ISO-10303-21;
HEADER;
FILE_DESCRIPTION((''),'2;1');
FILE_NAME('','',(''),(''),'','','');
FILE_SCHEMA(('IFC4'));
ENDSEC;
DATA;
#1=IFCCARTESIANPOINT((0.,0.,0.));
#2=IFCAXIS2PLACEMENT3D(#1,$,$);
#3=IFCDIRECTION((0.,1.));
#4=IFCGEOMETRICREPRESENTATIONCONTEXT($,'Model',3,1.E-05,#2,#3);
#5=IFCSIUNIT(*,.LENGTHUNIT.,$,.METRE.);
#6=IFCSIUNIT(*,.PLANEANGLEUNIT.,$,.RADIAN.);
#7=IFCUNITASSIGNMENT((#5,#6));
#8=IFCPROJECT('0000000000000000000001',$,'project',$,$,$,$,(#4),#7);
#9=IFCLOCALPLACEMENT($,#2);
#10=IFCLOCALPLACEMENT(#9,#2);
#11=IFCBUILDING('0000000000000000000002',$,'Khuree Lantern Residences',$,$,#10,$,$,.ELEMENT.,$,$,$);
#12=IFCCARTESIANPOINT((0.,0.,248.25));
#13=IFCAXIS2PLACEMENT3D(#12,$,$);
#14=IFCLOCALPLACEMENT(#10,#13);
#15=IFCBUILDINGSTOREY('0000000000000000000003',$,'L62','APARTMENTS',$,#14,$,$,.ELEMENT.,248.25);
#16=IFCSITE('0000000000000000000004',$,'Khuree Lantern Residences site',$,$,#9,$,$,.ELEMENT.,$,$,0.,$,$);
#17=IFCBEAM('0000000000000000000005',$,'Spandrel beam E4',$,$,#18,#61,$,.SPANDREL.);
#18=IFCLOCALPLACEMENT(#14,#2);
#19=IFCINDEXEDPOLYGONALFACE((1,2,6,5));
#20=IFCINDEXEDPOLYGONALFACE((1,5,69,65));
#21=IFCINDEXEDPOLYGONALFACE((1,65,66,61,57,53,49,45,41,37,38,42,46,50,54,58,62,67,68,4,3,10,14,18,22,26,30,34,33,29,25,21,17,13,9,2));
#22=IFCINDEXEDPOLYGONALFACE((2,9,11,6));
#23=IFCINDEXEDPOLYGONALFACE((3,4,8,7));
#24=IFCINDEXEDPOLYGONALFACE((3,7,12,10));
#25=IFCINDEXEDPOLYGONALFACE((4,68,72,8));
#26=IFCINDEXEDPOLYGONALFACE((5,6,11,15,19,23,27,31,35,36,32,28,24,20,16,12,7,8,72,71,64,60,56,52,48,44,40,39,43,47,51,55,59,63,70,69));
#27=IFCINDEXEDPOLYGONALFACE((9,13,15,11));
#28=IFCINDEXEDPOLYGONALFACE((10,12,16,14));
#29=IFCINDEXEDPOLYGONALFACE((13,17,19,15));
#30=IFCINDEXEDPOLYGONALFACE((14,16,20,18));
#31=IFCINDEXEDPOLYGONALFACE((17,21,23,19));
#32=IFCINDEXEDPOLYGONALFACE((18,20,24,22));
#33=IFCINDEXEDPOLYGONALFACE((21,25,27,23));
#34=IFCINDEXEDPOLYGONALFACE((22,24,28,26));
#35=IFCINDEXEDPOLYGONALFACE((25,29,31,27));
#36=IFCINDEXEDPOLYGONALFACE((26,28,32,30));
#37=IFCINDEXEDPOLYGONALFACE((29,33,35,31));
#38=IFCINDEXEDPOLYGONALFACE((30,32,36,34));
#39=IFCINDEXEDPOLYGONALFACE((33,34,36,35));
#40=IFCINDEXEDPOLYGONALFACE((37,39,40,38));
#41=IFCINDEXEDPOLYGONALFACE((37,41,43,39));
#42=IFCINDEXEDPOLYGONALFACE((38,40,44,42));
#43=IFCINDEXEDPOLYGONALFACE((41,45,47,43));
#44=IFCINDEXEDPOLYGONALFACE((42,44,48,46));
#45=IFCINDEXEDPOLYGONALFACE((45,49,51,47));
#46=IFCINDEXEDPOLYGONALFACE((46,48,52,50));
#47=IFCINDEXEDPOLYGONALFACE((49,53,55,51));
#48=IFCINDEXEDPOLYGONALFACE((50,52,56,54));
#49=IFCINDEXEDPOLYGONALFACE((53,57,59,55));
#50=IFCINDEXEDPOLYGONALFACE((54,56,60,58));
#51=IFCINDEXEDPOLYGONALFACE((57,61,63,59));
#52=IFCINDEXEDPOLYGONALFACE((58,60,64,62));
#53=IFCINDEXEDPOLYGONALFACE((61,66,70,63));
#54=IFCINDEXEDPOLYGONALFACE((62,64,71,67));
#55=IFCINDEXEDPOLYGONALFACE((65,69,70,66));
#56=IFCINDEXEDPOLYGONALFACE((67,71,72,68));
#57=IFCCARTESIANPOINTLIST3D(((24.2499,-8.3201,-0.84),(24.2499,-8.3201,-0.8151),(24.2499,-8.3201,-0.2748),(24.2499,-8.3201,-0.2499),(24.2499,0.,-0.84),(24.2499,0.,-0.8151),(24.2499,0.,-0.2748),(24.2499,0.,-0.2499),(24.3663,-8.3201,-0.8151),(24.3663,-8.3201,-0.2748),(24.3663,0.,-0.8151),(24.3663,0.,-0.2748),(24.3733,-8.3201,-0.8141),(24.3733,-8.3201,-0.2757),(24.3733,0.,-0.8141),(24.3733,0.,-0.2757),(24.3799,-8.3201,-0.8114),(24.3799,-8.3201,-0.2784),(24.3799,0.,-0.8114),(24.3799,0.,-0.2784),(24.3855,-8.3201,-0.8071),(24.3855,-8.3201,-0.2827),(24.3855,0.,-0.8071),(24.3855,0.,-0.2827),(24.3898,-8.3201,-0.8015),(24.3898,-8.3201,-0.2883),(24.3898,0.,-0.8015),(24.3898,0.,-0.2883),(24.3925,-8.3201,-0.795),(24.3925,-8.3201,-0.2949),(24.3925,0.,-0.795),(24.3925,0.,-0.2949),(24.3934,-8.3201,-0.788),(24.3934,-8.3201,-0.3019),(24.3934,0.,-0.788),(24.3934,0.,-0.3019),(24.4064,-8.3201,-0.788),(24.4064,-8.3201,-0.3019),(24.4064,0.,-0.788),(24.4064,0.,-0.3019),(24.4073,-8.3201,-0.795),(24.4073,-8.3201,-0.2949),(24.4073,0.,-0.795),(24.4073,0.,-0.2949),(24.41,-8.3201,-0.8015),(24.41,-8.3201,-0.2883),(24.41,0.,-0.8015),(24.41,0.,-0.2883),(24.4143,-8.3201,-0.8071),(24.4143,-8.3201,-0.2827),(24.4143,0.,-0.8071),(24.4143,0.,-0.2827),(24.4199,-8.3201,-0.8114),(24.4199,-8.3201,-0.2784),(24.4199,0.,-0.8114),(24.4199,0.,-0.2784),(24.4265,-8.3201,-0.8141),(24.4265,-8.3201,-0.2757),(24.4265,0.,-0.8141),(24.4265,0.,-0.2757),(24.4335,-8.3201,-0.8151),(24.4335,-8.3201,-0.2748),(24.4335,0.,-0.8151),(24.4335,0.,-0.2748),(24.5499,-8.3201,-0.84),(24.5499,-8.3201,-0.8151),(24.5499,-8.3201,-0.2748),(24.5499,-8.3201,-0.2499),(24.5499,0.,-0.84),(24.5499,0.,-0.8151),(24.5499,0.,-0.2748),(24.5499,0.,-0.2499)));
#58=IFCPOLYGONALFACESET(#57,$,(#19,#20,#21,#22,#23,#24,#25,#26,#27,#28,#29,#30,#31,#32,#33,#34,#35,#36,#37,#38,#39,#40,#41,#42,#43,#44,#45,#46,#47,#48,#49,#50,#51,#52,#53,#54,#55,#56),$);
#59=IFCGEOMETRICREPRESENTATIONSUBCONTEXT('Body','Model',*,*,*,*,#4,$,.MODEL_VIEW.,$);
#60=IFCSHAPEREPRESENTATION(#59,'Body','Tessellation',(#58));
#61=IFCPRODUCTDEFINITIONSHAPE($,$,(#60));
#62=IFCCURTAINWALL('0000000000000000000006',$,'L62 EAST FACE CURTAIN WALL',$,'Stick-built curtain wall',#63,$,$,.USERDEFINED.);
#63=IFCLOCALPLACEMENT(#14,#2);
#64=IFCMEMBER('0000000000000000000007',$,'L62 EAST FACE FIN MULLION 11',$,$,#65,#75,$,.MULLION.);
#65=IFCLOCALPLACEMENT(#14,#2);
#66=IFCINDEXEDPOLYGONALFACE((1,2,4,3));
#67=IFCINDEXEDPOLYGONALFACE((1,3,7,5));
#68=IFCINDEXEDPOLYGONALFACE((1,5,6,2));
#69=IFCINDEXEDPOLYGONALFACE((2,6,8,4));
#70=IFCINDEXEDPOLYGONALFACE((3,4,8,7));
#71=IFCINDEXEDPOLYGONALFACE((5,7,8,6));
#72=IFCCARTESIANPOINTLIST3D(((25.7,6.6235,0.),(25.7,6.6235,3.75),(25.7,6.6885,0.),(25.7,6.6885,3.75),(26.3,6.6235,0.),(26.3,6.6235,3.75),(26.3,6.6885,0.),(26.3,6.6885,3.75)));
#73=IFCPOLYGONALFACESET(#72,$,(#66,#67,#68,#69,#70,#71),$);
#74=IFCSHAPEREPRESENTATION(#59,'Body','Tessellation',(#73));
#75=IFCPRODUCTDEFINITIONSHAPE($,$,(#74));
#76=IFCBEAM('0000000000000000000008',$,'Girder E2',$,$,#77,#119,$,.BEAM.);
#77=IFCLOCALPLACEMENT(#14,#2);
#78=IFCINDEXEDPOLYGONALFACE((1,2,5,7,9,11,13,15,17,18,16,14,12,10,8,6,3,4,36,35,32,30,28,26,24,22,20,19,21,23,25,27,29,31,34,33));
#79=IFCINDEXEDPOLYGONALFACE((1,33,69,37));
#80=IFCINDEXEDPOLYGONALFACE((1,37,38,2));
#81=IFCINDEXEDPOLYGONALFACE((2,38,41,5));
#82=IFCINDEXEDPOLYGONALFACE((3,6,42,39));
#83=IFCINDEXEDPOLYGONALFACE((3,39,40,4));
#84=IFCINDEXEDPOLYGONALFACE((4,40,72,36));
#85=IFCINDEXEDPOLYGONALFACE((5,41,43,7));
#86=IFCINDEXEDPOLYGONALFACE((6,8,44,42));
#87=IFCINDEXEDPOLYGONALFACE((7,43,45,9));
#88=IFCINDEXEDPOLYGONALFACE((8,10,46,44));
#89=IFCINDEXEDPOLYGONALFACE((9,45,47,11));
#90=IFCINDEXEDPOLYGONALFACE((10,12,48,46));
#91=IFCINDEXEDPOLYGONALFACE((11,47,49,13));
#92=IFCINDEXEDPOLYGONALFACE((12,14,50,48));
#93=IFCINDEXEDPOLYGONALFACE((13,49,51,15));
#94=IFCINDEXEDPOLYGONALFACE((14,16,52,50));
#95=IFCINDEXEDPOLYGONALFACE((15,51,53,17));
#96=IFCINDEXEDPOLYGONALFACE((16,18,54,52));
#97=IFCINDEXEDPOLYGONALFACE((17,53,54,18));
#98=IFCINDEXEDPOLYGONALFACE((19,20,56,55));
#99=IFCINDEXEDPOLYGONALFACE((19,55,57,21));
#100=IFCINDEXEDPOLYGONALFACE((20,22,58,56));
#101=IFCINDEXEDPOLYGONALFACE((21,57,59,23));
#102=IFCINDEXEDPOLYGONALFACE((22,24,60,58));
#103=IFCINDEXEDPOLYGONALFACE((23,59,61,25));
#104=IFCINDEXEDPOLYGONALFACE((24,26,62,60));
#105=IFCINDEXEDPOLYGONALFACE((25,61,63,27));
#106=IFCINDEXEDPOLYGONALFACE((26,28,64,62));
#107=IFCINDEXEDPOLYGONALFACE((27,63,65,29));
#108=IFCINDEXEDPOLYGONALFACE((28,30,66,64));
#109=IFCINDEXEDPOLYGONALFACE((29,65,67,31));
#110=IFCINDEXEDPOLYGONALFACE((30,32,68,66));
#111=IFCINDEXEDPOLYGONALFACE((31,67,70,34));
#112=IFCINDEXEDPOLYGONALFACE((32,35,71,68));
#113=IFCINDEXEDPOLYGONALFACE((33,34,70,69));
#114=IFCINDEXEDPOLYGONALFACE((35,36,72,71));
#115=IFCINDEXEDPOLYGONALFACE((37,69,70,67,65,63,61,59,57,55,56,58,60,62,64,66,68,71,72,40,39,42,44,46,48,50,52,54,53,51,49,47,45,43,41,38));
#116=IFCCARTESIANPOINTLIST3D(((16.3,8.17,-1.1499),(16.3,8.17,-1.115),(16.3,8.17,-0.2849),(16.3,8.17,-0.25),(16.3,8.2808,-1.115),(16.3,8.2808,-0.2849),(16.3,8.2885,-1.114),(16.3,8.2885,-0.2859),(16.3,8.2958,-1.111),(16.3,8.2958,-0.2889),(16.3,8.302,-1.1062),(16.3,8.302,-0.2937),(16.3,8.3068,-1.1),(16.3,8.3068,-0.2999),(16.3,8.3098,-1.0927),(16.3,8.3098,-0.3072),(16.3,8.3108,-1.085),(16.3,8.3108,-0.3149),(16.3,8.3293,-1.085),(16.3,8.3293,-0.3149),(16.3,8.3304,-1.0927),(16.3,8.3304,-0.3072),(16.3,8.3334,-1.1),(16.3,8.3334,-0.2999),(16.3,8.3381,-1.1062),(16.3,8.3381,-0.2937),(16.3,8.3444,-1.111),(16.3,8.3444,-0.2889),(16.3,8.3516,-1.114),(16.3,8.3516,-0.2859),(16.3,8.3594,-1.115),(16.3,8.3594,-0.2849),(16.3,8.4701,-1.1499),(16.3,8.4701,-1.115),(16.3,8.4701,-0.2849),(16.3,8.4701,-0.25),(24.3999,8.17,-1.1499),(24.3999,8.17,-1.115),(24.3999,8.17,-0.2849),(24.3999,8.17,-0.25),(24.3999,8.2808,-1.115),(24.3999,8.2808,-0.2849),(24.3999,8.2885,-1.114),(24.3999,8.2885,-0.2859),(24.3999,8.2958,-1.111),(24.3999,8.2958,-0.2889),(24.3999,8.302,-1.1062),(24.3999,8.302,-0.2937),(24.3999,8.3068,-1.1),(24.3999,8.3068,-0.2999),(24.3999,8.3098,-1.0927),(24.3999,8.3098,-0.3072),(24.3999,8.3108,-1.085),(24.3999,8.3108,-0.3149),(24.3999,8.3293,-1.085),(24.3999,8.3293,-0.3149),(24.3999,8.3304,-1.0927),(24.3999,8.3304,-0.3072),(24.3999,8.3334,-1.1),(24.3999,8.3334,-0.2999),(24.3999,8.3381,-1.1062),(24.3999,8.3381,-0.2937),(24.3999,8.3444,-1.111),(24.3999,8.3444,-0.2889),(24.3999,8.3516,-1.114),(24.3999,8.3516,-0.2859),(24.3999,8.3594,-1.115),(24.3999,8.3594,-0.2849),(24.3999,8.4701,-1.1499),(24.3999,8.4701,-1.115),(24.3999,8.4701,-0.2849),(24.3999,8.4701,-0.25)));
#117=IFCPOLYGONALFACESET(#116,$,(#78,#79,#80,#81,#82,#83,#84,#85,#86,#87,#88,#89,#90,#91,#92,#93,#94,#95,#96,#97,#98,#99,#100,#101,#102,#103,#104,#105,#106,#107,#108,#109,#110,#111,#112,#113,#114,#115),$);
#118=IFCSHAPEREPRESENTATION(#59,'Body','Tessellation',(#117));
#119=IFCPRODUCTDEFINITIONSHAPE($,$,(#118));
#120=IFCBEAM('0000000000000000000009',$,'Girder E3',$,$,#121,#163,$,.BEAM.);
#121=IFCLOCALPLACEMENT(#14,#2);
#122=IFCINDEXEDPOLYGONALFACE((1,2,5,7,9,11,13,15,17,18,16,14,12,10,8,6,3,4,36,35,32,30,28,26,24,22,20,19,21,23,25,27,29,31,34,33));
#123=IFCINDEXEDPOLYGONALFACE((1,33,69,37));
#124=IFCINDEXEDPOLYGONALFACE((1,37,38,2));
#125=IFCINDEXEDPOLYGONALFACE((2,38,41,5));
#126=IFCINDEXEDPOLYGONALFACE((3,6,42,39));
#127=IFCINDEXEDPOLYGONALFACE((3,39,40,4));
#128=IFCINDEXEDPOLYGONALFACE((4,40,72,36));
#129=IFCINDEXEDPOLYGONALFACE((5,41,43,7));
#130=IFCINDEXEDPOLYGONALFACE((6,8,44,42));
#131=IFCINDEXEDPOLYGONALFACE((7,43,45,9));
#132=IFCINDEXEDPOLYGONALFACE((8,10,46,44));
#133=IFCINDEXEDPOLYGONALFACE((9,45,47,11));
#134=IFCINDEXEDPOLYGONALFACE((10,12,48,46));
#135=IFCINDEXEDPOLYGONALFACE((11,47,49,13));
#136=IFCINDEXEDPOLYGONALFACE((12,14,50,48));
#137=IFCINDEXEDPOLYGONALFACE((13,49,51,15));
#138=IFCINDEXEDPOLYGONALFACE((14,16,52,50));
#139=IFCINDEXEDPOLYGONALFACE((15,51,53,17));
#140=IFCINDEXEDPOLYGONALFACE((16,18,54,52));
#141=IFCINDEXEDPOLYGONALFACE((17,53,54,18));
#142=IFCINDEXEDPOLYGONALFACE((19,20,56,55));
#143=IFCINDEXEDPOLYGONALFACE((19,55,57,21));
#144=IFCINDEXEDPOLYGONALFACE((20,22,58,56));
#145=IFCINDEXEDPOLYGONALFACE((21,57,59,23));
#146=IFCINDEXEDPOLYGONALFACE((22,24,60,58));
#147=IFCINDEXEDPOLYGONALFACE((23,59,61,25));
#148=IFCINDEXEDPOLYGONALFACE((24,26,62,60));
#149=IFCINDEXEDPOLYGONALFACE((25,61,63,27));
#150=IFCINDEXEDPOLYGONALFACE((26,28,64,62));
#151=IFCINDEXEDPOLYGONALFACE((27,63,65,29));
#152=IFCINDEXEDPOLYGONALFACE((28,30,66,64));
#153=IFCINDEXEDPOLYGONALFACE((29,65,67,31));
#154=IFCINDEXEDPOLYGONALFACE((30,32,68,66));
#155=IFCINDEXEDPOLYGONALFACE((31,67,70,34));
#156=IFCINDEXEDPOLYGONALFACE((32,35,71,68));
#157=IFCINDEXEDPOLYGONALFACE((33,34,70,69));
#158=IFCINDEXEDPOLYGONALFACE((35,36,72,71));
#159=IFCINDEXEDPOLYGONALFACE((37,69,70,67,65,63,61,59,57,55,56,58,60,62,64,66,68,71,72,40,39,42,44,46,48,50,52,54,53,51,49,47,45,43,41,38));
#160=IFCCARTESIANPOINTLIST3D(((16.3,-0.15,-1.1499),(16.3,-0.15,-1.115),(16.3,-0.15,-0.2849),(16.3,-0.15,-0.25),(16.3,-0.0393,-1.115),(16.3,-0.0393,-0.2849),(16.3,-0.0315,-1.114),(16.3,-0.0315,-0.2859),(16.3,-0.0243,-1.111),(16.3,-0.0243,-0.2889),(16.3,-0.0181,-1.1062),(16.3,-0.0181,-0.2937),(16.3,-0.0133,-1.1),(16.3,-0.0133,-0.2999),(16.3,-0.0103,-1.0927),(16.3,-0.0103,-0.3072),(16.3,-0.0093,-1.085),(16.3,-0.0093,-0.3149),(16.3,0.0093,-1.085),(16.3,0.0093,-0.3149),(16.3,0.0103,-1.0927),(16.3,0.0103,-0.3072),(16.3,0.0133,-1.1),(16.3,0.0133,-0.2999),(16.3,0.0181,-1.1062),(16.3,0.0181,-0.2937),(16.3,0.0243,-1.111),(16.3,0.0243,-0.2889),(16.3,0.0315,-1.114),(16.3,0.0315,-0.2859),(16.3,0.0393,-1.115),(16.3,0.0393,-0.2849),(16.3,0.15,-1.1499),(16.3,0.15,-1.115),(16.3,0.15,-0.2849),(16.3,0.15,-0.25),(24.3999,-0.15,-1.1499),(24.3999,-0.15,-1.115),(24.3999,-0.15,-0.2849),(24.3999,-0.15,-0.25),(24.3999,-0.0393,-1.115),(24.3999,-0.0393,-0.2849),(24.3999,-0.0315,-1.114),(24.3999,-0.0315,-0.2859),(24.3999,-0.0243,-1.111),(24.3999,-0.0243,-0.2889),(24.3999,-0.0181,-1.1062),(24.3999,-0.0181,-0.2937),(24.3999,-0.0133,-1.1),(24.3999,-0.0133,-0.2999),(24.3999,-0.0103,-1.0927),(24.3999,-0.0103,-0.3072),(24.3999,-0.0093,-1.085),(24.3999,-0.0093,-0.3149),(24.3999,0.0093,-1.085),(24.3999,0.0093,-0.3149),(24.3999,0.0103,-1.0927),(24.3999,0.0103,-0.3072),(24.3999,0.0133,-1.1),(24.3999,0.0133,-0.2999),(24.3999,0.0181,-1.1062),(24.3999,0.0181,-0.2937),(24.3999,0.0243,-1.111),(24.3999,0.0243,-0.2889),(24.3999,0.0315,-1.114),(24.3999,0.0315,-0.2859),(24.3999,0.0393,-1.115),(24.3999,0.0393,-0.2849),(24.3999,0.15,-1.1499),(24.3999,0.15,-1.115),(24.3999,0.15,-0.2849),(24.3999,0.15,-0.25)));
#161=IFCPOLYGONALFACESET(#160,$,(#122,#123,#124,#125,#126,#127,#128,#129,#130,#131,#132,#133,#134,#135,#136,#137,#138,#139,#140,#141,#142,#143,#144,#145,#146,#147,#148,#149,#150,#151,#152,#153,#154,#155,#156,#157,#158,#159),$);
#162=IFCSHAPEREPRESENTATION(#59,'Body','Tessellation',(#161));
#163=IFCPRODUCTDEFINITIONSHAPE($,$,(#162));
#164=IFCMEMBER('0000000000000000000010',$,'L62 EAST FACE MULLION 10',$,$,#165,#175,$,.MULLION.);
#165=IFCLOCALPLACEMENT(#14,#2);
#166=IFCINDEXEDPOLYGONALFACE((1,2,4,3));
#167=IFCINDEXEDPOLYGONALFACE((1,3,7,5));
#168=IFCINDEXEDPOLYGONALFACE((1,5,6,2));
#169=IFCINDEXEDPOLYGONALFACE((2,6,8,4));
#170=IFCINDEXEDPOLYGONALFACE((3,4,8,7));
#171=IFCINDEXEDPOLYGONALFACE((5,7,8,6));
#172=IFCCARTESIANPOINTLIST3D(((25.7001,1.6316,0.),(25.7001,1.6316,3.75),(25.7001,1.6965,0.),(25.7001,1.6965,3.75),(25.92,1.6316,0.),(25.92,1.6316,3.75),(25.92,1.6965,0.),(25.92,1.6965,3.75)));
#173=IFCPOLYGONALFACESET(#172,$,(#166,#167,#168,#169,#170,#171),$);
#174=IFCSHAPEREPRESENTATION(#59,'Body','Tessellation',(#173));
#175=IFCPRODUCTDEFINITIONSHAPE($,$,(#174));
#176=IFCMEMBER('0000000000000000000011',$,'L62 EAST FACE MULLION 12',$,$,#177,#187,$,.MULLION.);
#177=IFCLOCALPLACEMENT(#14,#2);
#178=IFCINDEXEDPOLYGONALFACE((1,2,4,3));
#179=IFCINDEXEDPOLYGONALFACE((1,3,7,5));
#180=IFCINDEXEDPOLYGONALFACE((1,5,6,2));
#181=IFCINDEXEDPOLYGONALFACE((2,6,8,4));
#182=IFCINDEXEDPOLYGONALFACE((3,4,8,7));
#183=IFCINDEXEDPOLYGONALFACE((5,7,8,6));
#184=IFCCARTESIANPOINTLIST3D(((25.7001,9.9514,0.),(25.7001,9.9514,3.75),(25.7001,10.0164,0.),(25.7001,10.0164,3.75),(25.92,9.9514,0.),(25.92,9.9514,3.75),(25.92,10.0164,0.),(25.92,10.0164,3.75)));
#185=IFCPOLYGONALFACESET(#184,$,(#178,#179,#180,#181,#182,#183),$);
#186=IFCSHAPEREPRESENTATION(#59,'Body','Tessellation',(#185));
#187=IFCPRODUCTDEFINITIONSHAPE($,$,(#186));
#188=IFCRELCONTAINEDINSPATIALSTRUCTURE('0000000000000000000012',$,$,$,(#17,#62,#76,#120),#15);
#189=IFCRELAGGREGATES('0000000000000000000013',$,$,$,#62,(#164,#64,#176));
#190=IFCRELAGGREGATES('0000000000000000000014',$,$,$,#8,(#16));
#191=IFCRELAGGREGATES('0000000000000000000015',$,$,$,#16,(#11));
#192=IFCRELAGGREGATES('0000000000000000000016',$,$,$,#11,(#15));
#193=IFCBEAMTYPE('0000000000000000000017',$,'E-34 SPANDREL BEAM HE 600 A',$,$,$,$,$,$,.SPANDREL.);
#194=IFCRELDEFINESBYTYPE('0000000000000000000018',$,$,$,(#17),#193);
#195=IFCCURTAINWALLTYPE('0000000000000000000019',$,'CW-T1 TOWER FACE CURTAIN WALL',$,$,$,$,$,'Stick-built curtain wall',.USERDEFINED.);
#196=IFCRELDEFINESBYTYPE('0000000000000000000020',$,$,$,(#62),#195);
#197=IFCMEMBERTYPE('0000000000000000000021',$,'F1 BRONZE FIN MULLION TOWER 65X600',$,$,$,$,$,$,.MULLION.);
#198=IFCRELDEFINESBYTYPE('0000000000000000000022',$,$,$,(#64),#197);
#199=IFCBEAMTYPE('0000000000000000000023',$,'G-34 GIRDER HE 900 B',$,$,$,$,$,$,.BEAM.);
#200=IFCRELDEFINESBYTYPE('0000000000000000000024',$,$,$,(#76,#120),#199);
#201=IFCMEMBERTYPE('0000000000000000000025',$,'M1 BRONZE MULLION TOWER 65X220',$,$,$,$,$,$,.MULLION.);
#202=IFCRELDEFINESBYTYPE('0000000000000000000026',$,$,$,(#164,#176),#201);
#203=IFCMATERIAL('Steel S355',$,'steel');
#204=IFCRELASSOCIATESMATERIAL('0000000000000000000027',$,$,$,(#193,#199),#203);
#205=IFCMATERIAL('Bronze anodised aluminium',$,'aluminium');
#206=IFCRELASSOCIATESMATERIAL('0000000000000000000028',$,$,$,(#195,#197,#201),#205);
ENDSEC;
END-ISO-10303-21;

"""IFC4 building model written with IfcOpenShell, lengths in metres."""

from ifc_helpers import new_model, si_unit, direction, frame, origin, origin_2d, place, context, subcontext, project, spatial, rectangle, i_section, extrude, material, material_profile, profile_set, type_object, element, aggregate, save


model = new_model("IFC4")

# Units and contexts
model_context = context("Model", 3, precision=1e-05, world=origin(), true_north=direction((0.0, 1.0)))
body_context = subcontext(model_context, "Body", "Model", "MODEL_VIEW")
ifc_project = project(units=[si_unit("LENGTHUNIT", "METRE"), si_unit("PLANEANGLEUNIT", "RADIAN")], contexts=[model_context])

# Site, building, storey
site_placement = place(None, origin())
site = spatial("IfcSite", under=ifc_project, at=site_placement, Name="Khuree Lantern Residences site", CompositionType="ELEMENT", RefElevation=0.0)
building_placement = place(site_placement, origin())
building = spatial("IfcBuilding", under=site, at=building_placement, Name="Khuree Lantern Residences", CompositionType="ELEMENT")
storey_placement = place(building_placement, frame((0.0, 0.0, 248.25)))
storey = spatial("IfcBuildingStorey", under=building, at=storey_placement, Name="L62", Description="APARTMENTS", CompositionType="ELEMENT", Elevation=248.25)

# Beam
ifc_material_1 = material(Name="Steel S355", Category="steel")
ifc_material_profile_1 = material_profile(ifc_material_1, i_section(OverallWidth=0.3, OverallDepth=0.5901, WebThickness=0.0129, FlangeThickness=0.0249, FilletRadius=0.0271, at=origin_2d()), Name="HE 600 A")
ifc_profile_set_1 = profile_set([ifc_material_profile_1], Name="Steel S355")
beam_type_1 = type_object("IfcBeamType", Name="E-34 SPANDREL BEAM HE 600 A", PredefinedType="SPANDREL", material=ifc_profile_set_1)
for number, where, z_axis, x_axis, name in (
    (1, (24.3999, 0.0, -0.5449), (0.0, -1.0, 0.0), (1.0, 0.0, 0.0), "Spandrel beam E4"),
):
    element("IfcBeam", number, at=place(storey_placement, frame(where, z_axis=z_axis, x_axis=x_axis)), inside=storey, type_object=beam_type_1, Name=name, PredefinedType="SPANDREL", context=body_context, shape_type="SweptSolid", body=[
        extrude(i_section(OverallWidth=0.3, OverallDepth=0.5901, WebThickness=0.0129, FlangeThickness=0.0249, FilletRadius=0.0271, at=origin_2d()), origin(), (0.0, 0.0, 1.0), 8.3201),
    ])

# Curtain wall, member
ifc_material_2 = material(Name="Bronze anodised aluminium", Category="aluminium")
curtain_wall_type = type_object("IfcCurtainWallType", Name="CW-T1 TOWER FACE CURTAIN WALL", ElementType="Stick-built curtain wall", PredefinedType="USERDEFINED", material=ifc_material_2)
curtain_wall_placement = place(storey_placement, origin())
curtain_wall = element("IfcCurtainWall", 2, at=curtain_wall_placement, inside=storey, type_object=curtain_wall_type, Name="L62 EAST FACE CURTAIN WALL", ObjectType="Stick-built curtain wall", PredefinedType="USERDEFINED")
ifc_material_profile_2 = material_profile(ifc_material_2, rectangle(XDim=0.0649, YDim=0.6001, at=origin_2d()), Name="F1 65X600")
ifc_profile_set_2 = profile_set([ifc_material_profile_2], Name="Bronze anodised aluminium")
member_type_1 = type_object("IfcMemberType", Name="F1 BRONZE FIN MULLION TOWER 65X600", PredefinedType="MULLION", material=ifc_profile_set_2)
member_1_placement = place(storey_placement, frame((26.0, 6.656, 0.0), z_axis=(0.0, 0.0, 1.0), x_axis=(0.0, 1.0, 0.0)))
member_1 = element("IfcMember", 3, at=member_1_placement, type_object=member_type_1, Name="L62 EAST FACE FIN MULLION 11", PredefinedType="MULLION", context=body_context, shape_type="SweptSolid", body=[
    extrude(rectangle(XDim=0.0649, YDim=0.6001, at=origin_2d()), origin(), (0.0, 0.0, 1.0), 3.75),
])

# Beams
ifc_material_profile_3 = material_profile(ifc_material_1, i_section(OverallWidth=0.3, OverallDepth=0.8999, WebThickness=0.0186, FlangeThickness=0.0349, FilletRadius=0.03, at=origin_2d()), Name="HE 900 B")
ifc_profile_set_3 = profile_set([ifc_material_profile_3], Name="Steel S355")
beam_type_2 = type_object("IfcBeamType", Name="G-34 GIRDER HE 900 B", PredefinedType="BEAM", material=ifc_profile_set_3)
for number, where, z_axis, x_axis, name in (
    (4, (24.3999, 8.3201, -0.7), (-1.0, 0.0, 0.0), (0.0, -1.0, 0.0), "Girder E2"),
    (5, (24.3999, 0.0, -0.7), (-1.0, 0.0, 0.0), (0.0, -1.0, 0.0), "Girder E3"),
):
    element("IfcBeam", number, at=place(storey_placement, frame(where, z_axis=z_axis, x_axis=x_axis)), inside=storey, type_object=beam_type_2, Name=name, PredefinedType="BEAM", context=body_context, shape_type="SweptSolid", body=[
        extrude(i_section(OverallWidth=0.3, OverallDepth=0.8999, WebThickness=0.0186, FlangeThickness=0.0349, FilletRadius=0.03, at=origin_2d()), origin(), (0.0, 0.0, 1.0), 8.0999),
    ])

# Members
ifc_material_profile_4 = material_profile(ifc_material_2, rectangle(XDim=0.0649, YDim=0.22, at=origin_2d()), Name="M1 65X220")
ifc_profile_set_4 = profile_set([ifc_material_profile_4], Name="Bronze anodised aluminium")
member_type_2 = type_object("IfcMemberType", Name="M1 BRONZE MULLION TOWER 65X220", PredefinedType="MULLION", material=ifc_profile_set_4)
member_2_placement = place(storey_placement, frame((25.8101, 1.6641, 0.0), z_axis=(0.0, 0.0, 1.0), x_axis=(0.0, 1.0, 0.0)))
member_2 = element("IfcMember", 6, at=member_2_placement, type_object=member_type_2, Name="L62 EAST FACE MULLION 10", PredefinedType="MULLION", context=body_context, shape_type="SweptSolid", body=[
    extrude(rectangle(XDim=0.0649, YDim=0.22, at=origin_2d()), origin(), (0.0, 0.0, 1.0), 3.75),
])
member_3_placement = place(storey_placement, frame((25.8101, 9.9839, 0.0), z_axis=(0.0, 0.0, 1.0), x_axis=(0.0, 1.0, 0.0)))
member_3 = element("IfcMember", 7, at=member_3_placement, type_object=member_type_2, Name="L62 EAST FACE MULLION 12", PredefinedType="MULLION", context=body_context, shape_type="SweptSolid", body=[
    extrude(rectangle(XDim=0.0649, YDim=0.22, at=origin_2d()), origin(), (0.0, 0.0, 1.0), 3.75),
])

aggregate(curtain_wall, [member_2, member_1, member_3])

save(model, "model.ifc")
